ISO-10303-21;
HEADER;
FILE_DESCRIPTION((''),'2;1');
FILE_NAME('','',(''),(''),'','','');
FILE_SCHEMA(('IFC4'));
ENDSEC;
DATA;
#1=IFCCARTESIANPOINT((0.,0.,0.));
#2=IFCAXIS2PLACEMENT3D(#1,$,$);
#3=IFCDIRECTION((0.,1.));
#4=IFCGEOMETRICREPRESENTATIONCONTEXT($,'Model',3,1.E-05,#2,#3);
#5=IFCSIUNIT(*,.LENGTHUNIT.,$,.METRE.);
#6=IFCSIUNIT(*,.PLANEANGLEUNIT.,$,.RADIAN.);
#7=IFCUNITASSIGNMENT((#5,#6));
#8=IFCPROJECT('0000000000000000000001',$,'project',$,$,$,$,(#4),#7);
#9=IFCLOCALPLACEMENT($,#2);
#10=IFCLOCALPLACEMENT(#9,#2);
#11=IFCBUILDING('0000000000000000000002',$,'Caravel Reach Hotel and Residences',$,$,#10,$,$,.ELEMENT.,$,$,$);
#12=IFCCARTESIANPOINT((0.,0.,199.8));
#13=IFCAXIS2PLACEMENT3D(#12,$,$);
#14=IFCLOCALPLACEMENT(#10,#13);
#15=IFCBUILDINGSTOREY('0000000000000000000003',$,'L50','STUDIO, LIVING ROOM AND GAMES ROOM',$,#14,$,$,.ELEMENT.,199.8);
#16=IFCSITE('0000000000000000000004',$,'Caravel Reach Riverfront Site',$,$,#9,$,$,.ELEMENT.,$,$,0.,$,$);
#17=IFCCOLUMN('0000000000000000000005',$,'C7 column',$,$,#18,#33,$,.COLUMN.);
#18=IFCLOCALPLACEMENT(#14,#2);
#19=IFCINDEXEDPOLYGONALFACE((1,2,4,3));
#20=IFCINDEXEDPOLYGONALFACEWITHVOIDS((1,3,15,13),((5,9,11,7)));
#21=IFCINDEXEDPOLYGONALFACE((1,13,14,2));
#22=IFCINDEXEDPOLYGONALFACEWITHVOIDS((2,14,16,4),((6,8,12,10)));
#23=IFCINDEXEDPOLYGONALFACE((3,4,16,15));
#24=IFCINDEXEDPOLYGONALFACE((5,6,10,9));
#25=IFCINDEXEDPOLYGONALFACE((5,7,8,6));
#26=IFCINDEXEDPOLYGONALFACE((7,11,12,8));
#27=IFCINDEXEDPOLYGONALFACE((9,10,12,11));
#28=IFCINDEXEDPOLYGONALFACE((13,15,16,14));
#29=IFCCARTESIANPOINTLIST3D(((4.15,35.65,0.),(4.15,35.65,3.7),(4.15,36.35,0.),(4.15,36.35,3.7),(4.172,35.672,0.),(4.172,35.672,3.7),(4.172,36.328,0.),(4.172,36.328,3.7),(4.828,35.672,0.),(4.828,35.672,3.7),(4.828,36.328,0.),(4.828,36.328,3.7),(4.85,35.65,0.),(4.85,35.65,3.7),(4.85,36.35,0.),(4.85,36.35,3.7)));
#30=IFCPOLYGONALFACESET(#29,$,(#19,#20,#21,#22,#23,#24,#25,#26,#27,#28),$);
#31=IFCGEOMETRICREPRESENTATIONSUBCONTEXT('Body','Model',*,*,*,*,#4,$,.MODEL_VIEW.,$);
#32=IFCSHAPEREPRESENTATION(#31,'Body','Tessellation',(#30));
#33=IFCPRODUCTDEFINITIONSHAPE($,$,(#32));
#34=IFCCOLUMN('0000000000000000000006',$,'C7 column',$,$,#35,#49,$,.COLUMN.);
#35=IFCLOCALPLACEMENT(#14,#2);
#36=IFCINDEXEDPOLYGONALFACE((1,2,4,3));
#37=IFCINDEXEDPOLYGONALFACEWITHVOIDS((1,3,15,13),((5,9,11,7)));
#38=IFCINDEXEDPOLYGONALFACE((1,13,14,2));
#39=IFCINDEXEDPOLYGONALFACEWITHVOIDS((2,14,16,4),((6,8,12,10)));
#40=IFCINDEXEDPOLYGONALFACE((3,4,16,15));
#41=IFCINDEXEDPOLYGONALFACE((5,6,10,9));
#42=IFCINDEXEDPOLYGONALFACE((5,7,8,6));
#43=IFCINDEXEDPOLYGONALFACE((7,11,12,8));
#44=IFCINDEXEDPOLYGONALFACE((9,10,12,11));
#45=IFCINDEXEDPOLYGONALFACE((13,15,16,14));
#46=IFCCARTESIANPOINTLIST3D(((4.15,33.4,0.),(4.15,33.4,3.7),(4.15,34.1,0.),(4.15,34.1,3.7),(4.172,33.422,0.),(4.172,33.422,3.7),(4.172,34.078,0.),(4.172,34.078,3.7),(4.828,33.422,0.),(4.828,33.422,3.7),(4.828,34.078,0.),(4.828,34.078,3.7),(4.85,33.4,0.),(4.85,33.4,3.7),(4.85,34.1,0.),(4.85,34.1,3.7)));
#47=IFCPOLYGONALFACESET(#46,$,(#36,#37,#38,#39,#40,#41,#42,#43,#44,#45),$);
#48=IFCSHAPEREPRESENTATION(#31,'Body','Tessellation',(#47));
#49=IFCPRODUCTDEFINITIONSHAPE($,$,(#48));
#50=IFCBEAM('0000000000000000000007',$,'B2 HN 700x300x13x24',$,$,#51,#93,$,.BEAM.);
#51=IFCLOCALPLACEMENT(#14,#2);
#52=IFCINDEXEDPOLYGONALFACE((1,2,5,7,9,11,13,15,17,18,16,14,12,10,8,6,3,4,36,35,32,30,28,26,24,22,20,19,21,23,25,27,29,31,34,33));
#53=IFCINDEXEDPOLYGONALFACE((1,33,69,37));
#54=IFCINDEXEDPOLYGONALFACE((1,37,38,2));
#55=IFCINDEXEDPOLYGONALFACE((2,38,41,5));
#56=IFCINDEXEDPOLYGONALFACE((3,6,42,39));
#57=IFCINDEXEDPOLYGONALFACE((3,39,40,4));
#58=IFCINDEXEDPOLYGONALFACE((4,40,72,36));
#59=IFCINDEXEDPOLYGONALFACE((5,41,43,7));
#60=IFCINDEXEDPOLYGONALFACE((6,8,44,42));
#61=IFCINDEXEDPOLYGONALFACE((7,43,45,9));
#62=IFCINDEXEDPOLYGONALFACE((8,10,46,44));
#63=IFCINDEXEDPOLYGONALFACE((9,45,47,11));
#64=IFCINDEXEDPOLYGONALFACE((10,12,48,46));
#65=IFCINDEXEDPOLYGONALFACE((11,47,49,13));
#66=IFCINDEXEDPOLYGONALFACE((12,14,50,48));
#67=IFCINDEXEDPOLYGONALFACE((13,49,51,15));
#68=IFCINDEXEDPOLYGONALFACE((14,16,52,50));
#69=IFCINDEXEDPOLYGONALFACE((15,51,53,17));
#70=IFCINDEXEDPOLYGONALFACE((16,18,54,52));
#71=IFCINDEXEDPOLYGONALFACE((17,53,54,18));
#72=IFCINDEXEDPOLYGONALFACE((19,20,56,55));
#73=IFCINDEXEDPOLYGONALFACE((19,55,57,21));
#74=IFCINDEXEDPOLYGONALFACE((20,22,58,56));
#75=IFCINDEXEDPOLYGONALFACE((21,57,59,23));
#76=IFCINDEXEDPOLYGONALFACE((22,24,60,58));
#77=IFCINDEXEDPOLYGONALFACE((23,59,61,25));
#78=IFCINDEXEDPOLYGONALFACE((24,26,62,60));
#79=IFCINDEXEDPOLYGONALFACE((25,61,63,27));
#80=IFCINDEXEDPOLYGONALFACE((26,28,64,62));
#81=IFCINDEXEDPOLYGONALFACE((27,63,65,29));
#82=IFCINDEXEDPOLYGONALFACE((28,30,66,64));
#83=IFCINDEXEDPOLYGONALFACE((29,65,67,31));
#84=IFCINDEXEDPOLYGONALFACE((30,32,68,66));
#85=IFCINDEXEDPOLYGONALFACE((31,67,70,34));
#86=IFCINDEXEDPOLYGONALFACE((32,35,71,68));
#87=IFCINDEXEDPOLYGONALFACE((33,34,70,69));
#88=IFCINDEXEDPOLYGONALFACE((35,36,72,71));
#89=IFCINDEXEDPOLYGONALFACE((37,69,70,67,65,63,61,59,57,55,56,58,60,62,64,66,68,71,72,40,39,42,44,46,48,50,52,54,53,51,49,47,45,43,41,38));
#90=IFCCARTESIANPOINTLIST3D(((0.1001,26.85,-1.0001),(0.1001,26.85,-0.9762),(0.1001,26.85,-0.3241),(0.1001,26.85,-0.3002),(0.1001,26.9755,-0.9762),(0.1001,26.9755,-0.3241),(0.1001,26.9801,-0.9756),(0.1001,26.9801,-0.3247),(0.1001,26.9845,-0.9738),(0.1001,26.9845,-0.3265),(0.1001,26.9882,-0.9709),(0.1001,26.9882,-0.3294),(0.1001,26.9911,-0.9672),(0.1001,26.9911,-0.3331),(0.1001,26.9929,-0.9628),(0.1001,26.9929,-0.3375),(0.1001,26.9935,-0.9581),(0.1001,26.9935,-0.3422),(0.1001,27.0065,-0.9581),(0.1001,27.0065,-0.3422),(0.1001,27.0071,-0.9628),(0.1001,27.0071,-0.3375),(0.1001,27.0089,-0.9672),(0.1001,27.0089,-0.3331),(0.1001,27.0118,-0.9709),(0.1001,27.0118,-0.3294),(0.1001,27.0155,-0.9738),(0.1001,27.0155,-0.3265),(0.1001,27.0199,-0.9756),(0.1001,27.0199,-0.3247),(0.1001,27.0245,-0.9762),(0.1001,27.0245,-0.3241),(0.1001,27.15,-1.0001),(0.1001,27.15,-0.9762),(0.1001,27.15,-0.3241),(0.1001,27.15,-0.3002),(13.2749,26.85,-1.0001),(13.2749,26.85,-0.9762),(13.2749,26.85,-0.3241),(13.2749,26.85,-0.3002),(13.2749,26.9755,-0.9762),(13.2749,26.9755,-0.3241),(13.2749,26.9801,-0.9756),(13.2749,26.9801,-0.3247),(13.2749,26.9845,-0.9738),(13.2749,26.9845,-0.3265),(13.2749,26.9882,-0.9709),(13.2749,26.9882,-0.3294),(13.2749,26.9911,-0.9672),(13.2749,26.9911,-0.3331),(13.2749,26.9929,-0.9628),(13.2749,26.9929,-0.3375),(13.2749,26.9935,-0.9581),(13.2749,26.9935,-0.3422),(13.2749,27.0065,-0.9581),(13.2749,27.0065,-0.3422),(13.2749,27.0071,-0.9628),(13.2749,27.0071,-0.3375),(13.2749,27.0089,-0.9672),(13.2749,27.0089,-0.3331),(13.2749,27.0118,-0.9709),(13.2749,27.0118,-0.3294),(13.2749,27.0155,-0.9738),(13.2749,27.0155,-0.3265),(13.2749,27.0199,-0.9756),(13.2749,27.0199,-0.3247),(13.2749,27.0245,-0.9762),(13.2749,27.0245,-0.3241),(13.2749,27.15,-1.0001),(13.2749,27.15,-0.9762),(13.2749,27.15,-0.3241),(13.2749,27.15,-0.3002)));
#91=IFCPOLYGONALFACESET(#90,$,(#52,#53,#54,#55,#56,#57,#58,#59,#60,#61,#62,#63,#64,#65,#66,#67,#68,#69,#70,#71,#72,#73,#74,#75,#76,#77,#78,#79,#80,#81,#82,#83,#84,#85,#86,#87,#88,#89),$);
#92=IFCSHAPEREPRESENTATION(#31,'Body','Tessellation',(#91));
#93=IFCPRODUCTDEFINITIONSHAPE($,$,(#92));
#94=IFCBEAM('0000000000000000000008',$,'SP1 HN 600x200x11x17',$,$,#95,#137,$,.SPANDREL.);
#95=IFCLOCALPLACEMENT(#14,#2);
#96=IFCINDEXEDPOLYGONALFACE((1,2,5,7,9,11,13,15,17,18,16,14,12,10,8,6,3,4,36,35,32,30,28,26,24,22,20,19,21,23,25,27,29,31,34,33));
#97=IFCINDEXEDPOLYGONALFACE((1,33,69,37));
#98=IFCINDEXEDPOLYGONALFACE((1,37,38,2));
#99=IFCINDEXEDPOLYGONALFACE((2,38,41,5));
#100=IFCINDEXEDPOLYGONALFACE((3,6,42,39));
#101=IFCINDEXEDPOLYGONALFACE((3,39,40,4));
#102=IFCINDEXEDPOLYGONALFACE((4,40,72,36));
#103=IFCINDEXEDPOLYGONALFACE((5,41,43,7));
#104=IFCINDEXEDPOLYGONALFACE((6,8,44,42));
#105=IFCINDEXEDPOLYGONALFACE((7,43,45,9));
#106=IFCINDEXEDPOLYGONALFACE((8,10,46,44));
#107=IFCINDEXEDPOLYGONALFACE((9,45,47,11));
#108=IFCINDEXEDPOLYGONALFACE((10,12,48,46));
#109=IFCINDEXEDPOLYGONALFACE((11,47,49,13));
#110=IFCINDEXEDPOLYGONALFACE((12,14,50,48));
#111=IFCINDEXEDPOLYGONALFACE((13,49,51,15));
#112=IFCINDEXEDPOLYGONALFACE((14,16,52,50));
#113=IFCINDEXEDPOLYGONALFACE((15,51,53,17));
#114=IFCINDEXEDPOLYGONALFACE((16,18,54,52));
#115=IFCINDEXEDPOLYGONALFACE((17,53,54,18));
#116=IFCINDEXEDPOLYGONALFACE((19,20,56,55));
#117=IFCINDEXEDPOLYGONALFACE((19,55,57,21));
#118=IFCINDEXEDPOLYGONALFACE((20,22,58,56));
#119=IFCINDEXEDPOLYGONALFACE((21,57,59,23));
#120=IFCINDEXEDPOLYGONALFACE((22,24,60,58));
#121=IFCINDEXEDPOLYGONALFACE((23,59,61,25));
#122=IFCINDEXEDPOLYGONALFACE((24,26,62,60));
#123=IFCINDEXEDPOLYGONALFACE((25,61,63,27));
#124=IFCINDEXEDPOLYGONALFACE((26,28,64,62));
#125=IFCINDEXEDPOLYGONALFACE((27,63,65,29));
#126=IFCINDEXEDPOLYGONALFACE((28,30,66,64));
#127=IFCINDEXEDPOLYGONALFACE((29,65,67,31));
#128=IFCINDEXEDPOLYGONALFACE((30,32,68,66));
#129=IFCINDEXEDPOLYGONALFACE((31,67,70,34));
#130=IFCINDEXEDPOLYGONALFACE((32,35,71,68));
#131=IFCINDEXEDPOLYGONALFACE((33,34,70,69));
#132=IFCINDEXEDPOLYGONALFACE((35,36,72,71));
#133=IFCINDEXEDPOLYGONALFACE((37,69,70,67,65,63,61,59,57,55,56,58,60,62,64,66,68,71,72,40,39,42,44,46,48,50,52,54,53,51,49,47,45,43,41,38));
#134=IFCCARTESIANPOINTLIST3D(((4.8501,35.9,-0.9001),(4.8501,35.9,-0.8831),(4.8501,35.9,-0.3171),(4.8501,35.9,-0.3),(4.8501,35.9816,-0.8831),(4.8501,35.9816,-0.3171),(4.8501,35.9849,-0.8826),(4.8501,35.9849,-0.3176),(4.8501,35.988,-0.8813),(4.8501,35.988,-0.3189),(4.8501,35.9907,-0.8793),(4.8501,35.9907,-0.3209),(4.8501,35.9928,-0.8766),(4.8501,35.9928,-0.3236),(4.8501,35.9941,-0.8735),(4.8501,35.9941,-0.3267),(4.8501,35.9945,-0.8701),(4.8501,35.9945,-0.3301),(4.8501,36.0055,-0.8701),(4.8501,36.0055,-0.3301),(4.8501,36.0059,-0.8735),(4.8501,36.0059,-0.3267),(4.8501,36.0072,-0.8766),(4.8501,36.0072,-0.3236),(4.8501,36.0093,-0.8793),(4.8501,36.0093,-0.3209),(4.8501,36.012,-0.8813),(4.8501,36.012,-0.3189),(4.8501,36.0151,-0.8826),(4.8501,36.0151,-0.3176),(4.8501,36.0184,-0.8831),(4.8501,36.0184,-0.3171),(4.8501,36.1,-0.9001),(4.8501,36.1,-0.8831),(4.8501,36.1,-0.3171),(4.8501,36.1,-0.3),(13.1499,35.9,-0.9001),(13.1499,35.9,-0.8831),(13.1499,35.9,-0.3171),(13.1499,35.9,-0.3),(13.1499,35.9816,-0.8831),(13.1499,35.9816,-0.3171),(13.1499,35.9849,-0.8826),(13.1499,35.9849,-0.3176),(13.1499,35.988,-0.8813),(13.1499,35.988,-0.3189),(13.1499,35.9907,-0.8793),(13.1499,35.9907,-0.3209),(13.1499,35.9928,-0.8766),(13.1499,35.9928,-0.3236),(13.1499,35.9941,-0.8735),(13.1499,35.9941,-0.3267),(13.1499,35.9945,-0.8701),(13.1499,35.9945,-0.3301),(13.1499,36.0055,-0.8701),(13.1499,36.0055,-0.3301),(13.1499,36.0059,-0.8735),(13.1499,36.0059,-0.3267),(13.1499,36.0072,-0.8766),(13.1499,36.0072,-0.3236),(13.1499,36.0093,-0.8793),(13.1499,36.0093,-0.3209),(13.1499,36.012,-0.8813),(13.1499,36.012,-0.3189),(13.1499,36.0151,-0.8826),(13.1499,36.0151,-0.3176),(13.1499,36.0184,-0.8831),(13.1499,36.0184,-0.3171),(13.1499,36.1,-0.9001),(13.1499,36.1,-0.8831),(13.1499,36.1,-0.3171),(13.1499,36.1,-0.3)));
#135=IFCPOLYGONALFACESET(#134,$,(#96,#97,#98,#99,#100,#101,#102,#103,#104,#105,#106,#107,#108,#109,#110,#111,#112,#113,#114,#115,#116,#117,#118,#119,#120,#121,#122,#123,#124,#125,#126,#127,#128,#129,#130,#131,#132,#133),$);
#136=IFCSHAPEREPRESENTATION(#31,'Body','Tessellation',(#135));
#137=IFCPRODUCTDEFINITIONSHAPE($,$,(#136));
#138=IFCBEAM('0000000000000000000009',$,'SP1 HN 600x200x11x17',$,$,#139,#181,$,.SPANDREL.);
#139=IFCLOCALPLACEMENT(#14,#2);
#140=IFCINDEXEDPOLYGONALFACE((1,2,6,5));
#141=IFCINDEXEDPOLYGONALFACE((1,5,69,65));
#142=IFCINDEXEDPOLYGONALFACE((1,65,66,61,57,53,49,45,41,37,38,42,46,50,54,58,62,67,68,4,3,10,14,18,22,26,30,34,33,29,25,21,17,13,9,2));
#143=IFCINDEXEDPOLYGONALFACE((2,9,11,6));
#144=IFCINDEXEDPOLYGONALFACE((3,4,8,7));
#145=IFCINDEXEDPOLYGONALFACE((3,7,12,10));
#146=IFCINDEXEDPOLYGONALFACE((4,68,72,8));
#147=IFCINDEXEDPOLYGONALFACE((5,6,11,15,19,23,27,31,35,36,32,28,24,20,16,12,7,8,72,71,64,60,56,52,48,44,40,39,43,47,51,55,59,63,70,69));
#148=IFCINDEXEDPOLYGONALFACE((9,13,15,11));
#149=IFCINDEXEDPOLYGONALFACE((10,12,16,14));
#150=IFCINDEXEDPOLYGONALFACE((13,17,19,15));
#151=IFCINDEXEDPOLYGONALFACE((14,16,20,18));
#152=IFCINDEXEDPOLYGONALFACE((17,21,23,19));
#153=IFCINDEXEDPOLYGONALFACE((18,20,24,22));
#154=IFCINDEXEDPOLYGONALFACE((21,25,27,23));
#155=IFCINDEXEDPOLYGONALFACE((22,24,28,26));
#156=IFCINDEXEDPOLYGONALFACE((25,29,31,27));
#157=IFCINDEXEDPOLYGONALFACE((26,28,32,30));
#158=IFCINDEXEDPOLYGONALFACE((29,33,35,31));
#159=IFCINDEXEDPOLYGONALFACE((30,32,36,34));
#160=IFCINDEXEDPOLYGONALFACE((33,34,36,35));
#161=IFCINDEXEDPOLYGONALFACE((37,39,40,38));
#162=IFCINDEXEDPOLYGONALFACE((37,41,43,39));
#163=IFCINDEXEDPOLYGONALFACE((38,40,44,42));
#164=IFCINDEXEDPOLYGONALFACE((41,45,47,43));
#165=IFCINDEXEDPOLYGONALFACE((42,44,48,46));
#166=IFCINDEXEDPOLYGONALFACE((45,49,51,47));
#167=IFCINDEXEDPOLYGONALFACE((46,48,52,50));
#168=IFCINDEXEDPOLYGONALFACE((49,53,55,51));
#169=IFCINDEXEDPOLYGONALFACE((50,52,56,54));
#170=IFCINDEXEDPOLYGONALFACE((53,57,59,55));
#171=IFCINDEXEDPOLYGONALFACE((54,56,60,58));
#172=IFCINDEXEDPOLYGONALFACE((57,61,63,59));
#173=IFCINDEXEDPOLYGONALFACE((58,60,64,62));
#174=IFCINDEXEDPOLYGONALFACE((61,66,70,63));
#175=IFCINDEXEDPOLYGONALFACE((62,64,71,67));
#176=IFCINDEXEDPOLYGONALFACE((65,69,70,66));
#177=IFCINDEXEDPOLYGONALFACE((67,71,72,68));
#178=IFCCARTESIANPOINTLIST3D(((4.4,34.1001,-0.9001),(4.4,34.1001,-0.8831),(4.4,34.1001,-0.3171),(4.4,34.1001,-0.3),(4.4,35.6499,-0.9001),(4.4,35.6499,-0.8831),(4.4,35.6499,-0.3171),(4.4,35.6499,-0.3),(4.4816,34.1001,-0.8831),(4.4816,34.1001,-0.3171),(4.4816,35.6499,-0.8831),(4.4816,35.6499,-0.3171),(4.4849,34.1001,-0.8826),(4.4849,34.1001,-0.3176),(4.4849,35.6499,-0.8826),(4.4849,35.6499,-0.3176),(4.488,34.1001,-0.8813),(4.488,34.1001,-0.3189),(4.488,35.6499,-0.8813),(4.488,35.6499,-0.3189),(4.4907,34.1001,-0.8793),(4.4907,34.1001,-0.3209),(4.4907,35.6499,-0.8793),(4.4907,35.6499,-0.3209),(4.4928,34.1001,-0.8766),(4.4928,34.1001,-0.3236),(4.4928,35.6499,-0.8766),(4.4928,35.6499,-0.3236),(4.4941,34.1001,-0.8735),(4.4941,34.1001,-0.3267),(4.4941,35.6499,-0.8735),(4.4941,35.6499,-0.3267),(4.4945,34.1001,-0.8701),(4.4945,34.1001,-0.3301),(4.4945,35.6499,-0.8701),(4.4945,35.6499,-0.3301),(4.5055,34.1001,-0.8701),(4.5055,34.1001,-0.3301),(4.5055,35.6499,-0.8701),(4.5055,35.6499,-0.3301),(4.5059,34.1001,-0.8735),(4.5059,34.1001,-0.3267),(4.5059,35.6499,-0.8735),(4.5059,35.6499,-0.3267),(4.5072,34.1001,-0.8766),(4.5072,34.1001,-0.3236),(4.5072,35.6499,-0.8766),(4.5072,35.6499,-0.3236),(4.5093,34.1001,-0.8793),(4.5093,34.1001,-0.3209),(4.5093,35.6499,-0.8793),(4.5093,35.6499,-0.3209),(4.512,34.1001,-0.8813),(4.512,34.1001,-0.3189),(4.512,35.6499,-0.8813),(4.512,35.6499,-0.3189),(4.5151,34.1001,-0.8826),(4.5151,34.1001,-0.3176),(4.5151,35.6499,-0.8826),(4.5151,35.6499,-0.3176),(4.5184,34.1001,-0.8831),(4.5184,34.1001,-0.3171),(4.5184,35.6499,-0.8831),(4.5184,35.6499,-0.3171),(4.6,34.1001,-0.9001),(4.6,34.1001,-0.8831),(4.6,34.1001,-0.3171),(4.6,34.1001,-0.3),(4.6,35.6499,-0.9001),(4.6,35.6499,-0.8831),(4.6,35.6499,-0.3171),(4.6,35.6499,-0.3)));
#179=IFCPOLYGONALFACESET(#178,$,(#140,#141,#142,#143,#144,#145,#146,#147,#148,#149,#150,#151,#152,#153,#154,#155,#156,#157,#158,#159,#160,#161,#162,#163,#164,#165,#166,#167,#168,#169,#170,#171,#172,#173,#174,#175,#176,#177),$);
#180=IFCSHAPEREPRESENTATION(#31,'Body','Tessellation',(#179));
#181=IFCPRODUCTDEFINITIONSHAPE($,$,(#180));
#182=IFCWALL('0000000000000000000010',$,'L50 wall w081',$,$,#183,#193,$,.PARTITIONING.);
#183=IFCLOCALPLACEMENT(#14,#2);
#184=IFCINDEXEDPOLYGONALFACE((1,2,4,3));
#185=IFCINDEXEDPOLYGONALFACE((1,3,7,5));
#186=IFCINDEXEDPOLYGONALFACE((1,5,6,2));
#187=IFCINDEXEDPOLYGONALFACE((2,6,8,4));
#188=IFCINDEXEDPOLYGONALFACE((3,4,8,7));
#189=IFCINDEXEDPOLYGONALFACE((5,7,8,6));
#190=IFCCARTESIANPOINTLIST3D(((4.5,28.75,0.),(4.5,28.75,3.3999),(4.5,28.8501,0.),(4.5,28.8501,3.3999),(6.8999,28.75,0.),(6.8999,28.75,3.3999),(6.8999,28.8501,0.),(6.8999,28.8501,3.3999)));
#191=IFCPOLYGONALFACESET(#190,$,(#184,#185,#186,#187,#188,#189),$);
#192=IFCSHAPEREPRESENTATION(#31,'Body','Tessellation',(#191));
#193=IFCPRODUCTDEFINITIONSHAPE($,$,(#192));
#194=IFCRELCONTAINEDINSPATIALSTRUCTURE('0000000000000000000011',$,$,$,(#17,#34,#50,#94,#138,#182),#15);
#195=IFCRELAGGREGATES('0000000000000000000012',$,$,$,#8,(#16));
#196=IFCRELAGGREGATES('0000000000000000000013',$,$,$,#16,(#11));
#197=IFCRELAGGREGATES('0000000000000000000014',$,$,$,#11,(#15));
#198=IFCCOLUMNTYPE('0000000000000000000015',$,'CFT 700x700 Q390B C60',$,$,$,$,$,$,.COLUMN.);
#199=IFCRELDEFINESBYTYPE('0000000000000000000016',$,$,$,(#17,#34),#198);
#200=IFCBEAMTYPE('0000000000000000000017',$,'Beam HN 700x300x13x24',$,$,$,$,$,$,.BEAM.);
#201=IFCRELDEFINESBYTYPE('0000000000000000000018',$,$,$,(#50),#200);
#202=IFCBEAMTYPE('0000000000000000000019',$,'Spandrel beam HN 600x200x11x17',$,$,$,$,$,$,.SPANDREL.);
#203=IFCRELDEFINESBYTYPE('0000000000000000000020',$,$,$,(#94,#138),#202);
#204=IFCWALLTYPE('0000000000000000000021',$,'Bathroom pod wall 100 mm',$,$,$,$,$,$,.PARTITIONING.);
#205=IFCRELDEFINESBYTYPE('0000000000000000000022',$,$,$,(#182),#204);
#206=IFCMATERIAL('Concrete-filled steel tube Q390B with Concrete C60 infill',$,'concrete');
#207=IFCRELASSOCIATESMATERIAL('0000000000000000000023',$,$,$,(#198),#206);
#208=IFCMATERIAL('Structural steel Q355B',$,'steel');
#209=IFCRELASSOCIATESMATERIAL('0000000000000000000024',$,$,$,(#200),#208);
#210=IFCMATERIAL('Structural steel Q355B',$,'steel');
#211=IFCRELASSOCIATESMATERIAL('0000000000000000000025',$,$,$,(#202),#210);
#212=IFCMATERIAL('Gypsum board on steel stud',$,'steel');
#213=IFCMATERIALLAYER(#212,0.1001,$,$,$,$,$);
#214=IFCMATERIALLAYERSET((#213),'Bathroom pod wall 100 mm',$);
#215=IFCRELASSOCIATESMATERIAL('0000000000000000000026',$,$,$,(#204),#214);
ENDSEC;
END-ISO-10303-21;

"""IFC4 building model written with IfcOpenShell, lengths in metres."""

from ifc_helpers import new_model, si_unit, direction, frame, frame_2d, origin, origin_2d, place, context, subcontext, project, spatial, rectangle, hollow_rectangle, i_section, extrude, material, layer, layer_set, material_profile, profile_set, type_object, element, save


model = new_model("IFC4")

# Units and contexts
model_context = context("Model", 3, precision=1e-05, world=origin(), true_north=direction((0.0, 1.0)))
body_context = subcontext(model_context, "Body", "Model", "MODEL_VIEW")
ifc_project = project(units=[si_unit("LENGTHUNIT", "METRE"), si_unit("PLANEANGLEUNIT", "RADIAN")], contexts=[model_context])

# Site, building, storey
site_placement = place(None, origin())
site = spatial("IfcSite", under=ifc_project, at=site_placement, Name="Caravel Reach Riverfront Site", CompositionType="ELEMENT", RefElevation=0.0)
building_placement = place(site_placement, origin())
building = spatial("IfcBuilding", under=site, at=building_placement, Name="Caravel Reach Hotel and Residences", CompositionType="ELEMENT")
storey_placement = place(building_placement, frame((0.0, 0.0, 199.8)))
storey = spatial("IfcBuildingStorey", under=building, at=storey_placement, Name="L50", Description="STUDIO, LIVING ROOM AND GAMES ROOM", CompositionType="ELEMENT", Elevation=199.8)

# Columns
ifc_material_1 = material(Name="Concrete-filled steel tube Q390B with Concrete C60 infill", Category="concrete")
ifc_material_profile_1 = material_profile(ifc_material_1, hollow_rectangle(XDim=0.7, YDim=0.7, WallThickness=0.022, at=origin_2d()), Name="RHS 700x700x22")
ifc_profile_set_1 = profile_set([ifc_material_profile_1], Name="Concrete-filled steel tube Q390B with Concrete C60 infill")
column_type = type_object("IfcColumnType", Name="CFT 700x700 Q390B C60", PredefinedType="COLUMN", material=ifc_profile_set_1)
for number, where, z_axis, x_axis, name in (
    (1, (4.5, 36.0, 0.0), (0.0, 0.0, 1.0), (1.0, 0.0, 0.0), "C7 column"),
    (2, (4.5, 33.75, 0.0), (0.0, 0.0, 1.0), (1.0, 0.0, 0.0), "C7 column"),
):
    element("IfcColumn", number, at=place(storey_placement, frame(where, z_axis=z_axis, x_axis=x_axis)), inside=storey, type_object=column_type, Name=name, PredefinedType="COLUMN", context=body_context, shape_type="SweptSolid", body=[
        extrude(hollow_rectangle(XDim=0.7, YDim=0.7, WallThickness=0.022, at=origin_2d()), origin(), (0.0, 0.0, 1.0), 3.7),
    ])

# Beams
ifc_material_2 = material(Name="Structural steel Q355B", Category="steel")
ifc_material_profile_2 = material_profile(ifc_material_2, i_section(OverallWidth=0.3, OverallDepth=0.7, WebThickness=0.0129, FlangeThickness=0.0239, FilletRadius=0.0181, at=origin_2d()), Name="HN 700x300x13x24")
ifc_profile_set_2 = profile_set([ifc_material_profile_2], Name="Structural steel Q355B")
beam_type_1 = type_object("IfcBeamType", Name="Beam HN 700x300x13x24", PredefinedType="BEAM", material=ifc_profile_set_2)
beam_1_placement = place(storey_placement, frame((13.2749, 27.0, -0.6501), z_axis=(-1.0, 0.0, 0.0), x_axis=(0.0, -1.0, 0.0)))
element("IfcBeam", 3, at=beam_1_placement, inside=storey, type_object=beam_type_1, Name="B2 HN 700x300x13x24", PredefinedType="BEAM", context=body_context, shape_type="SweptSolid", body=[
    extrude(i_section(OverallWidth=0.3, OverallDepth=0.7, WebThickness=0.0129, FlangeThickness=0.0239, FilletRadius=0.0181, at=origin_2d()), origin(), (0.0, 0.0, 1.0), 13.1748),
])
ifc_material_3 = material(Name="Structural steel Q355B", Category="steel")
ifc_material_profile_3 = material_profile(ifc_material_3, i_section(OverallWidth=0.2, OverallDepth=0.6001, WebThickness=0.011, FlangeThickness=0.0171, FilletRadius=0.0129, at=origin_2d()), Name="HN 600x200x11x17")
ifc_profile_set_3 = profile_set([ifc_material_profile_3], Name="Structural steel Q355B")
beam_type_2 = type_object("IfcBeamType", Name="Spandrel beam HN 600x200x11x17", PredefinedType="SPANDREL", material=ifc_profile_set_3)
beam_2_placement = place(storey_placement, frame((13.1499, 36.0, -0.6001), z_axis=(-1.0, 0.0, 0.0), x_axis=(0.0, -1.0, 0.0)))
element("IfcBeam", 4, at=beam_2_placement, inside=storey, type_object=beam_type_2, Name="SP1 HN 600x200x11x17", PredefinedType="SPANDREL", context=body_context, shape_type="SweptSolid", body=[
    extrude(i_section(OverallWidth=0.2, OverallDepth=0.6001, WebThickness=0.011, FlangeThickness=0.0171, FilletRadius=0.0129, at=origin_2d()), origin(), (0.0, 0.0, 1.0), 8.2998),
])
beam_3_placement = place(storey_placement, frame((4.5, 35.6499, -0.6001), z_axis=(0.0, -1.0, 0.0), x_axis=(1.0, 0.0, 0.0)))
element("IfcBeam", 5, at=beam_3_placement, inside=storey, type_object=beam_type_2, Name="SP1 HN 600x200x11x17", PredefinedType="SPANDREL", context=body_context, shape_type="SweptSolid", body=[
    extrude(i_section(OverallWidth=0.2, OverallDepth=0.6001, WebThickness=0.011, FlangeThickness=0.0171, FilletRadius=0.0129, at=origin_2d()), origin(), (0.0, 0.0, 1.0), 1.5498),
])

# Wall
ifc_material_4 = material(Name="Gypsum board on steel stud", Category="steel")
ifc_layer_1 = layer(ifc_material_4, 0.1001)
ifc_layer_set_1 = layer_set([ifc_layer_1], Name="Bathroom pod wall 100 mm")
wall_type_1 = type_object("IfcWallType", Name="Bathroom pod wall 100 mm", PredefinedType="PARTITIONING", material=ifc_layer_set_1)
wall_1_placement = place(storey_placement, frame((4.5, 28.8, 0.0), z_axis=(0.0, 0.0, 1.0), x_axis=(1.0, 0.0, 0.0)))
element("IfcWall", 6, at=wall_1_placement, inside=storey, type_object=wall_type_1, Name="L50 wall w081", PredefinedType="PARTITIONING", context=body_context, shape_type="SweptSolid", body=[
    extrude(rectangle(XDim=2.3999, YDim=0.1001, at=frame_2d((1.2, 0.0))), origin(), (0.0, 0.0, 1.0), 3.3999),
])

save(model, "model.ifc")
